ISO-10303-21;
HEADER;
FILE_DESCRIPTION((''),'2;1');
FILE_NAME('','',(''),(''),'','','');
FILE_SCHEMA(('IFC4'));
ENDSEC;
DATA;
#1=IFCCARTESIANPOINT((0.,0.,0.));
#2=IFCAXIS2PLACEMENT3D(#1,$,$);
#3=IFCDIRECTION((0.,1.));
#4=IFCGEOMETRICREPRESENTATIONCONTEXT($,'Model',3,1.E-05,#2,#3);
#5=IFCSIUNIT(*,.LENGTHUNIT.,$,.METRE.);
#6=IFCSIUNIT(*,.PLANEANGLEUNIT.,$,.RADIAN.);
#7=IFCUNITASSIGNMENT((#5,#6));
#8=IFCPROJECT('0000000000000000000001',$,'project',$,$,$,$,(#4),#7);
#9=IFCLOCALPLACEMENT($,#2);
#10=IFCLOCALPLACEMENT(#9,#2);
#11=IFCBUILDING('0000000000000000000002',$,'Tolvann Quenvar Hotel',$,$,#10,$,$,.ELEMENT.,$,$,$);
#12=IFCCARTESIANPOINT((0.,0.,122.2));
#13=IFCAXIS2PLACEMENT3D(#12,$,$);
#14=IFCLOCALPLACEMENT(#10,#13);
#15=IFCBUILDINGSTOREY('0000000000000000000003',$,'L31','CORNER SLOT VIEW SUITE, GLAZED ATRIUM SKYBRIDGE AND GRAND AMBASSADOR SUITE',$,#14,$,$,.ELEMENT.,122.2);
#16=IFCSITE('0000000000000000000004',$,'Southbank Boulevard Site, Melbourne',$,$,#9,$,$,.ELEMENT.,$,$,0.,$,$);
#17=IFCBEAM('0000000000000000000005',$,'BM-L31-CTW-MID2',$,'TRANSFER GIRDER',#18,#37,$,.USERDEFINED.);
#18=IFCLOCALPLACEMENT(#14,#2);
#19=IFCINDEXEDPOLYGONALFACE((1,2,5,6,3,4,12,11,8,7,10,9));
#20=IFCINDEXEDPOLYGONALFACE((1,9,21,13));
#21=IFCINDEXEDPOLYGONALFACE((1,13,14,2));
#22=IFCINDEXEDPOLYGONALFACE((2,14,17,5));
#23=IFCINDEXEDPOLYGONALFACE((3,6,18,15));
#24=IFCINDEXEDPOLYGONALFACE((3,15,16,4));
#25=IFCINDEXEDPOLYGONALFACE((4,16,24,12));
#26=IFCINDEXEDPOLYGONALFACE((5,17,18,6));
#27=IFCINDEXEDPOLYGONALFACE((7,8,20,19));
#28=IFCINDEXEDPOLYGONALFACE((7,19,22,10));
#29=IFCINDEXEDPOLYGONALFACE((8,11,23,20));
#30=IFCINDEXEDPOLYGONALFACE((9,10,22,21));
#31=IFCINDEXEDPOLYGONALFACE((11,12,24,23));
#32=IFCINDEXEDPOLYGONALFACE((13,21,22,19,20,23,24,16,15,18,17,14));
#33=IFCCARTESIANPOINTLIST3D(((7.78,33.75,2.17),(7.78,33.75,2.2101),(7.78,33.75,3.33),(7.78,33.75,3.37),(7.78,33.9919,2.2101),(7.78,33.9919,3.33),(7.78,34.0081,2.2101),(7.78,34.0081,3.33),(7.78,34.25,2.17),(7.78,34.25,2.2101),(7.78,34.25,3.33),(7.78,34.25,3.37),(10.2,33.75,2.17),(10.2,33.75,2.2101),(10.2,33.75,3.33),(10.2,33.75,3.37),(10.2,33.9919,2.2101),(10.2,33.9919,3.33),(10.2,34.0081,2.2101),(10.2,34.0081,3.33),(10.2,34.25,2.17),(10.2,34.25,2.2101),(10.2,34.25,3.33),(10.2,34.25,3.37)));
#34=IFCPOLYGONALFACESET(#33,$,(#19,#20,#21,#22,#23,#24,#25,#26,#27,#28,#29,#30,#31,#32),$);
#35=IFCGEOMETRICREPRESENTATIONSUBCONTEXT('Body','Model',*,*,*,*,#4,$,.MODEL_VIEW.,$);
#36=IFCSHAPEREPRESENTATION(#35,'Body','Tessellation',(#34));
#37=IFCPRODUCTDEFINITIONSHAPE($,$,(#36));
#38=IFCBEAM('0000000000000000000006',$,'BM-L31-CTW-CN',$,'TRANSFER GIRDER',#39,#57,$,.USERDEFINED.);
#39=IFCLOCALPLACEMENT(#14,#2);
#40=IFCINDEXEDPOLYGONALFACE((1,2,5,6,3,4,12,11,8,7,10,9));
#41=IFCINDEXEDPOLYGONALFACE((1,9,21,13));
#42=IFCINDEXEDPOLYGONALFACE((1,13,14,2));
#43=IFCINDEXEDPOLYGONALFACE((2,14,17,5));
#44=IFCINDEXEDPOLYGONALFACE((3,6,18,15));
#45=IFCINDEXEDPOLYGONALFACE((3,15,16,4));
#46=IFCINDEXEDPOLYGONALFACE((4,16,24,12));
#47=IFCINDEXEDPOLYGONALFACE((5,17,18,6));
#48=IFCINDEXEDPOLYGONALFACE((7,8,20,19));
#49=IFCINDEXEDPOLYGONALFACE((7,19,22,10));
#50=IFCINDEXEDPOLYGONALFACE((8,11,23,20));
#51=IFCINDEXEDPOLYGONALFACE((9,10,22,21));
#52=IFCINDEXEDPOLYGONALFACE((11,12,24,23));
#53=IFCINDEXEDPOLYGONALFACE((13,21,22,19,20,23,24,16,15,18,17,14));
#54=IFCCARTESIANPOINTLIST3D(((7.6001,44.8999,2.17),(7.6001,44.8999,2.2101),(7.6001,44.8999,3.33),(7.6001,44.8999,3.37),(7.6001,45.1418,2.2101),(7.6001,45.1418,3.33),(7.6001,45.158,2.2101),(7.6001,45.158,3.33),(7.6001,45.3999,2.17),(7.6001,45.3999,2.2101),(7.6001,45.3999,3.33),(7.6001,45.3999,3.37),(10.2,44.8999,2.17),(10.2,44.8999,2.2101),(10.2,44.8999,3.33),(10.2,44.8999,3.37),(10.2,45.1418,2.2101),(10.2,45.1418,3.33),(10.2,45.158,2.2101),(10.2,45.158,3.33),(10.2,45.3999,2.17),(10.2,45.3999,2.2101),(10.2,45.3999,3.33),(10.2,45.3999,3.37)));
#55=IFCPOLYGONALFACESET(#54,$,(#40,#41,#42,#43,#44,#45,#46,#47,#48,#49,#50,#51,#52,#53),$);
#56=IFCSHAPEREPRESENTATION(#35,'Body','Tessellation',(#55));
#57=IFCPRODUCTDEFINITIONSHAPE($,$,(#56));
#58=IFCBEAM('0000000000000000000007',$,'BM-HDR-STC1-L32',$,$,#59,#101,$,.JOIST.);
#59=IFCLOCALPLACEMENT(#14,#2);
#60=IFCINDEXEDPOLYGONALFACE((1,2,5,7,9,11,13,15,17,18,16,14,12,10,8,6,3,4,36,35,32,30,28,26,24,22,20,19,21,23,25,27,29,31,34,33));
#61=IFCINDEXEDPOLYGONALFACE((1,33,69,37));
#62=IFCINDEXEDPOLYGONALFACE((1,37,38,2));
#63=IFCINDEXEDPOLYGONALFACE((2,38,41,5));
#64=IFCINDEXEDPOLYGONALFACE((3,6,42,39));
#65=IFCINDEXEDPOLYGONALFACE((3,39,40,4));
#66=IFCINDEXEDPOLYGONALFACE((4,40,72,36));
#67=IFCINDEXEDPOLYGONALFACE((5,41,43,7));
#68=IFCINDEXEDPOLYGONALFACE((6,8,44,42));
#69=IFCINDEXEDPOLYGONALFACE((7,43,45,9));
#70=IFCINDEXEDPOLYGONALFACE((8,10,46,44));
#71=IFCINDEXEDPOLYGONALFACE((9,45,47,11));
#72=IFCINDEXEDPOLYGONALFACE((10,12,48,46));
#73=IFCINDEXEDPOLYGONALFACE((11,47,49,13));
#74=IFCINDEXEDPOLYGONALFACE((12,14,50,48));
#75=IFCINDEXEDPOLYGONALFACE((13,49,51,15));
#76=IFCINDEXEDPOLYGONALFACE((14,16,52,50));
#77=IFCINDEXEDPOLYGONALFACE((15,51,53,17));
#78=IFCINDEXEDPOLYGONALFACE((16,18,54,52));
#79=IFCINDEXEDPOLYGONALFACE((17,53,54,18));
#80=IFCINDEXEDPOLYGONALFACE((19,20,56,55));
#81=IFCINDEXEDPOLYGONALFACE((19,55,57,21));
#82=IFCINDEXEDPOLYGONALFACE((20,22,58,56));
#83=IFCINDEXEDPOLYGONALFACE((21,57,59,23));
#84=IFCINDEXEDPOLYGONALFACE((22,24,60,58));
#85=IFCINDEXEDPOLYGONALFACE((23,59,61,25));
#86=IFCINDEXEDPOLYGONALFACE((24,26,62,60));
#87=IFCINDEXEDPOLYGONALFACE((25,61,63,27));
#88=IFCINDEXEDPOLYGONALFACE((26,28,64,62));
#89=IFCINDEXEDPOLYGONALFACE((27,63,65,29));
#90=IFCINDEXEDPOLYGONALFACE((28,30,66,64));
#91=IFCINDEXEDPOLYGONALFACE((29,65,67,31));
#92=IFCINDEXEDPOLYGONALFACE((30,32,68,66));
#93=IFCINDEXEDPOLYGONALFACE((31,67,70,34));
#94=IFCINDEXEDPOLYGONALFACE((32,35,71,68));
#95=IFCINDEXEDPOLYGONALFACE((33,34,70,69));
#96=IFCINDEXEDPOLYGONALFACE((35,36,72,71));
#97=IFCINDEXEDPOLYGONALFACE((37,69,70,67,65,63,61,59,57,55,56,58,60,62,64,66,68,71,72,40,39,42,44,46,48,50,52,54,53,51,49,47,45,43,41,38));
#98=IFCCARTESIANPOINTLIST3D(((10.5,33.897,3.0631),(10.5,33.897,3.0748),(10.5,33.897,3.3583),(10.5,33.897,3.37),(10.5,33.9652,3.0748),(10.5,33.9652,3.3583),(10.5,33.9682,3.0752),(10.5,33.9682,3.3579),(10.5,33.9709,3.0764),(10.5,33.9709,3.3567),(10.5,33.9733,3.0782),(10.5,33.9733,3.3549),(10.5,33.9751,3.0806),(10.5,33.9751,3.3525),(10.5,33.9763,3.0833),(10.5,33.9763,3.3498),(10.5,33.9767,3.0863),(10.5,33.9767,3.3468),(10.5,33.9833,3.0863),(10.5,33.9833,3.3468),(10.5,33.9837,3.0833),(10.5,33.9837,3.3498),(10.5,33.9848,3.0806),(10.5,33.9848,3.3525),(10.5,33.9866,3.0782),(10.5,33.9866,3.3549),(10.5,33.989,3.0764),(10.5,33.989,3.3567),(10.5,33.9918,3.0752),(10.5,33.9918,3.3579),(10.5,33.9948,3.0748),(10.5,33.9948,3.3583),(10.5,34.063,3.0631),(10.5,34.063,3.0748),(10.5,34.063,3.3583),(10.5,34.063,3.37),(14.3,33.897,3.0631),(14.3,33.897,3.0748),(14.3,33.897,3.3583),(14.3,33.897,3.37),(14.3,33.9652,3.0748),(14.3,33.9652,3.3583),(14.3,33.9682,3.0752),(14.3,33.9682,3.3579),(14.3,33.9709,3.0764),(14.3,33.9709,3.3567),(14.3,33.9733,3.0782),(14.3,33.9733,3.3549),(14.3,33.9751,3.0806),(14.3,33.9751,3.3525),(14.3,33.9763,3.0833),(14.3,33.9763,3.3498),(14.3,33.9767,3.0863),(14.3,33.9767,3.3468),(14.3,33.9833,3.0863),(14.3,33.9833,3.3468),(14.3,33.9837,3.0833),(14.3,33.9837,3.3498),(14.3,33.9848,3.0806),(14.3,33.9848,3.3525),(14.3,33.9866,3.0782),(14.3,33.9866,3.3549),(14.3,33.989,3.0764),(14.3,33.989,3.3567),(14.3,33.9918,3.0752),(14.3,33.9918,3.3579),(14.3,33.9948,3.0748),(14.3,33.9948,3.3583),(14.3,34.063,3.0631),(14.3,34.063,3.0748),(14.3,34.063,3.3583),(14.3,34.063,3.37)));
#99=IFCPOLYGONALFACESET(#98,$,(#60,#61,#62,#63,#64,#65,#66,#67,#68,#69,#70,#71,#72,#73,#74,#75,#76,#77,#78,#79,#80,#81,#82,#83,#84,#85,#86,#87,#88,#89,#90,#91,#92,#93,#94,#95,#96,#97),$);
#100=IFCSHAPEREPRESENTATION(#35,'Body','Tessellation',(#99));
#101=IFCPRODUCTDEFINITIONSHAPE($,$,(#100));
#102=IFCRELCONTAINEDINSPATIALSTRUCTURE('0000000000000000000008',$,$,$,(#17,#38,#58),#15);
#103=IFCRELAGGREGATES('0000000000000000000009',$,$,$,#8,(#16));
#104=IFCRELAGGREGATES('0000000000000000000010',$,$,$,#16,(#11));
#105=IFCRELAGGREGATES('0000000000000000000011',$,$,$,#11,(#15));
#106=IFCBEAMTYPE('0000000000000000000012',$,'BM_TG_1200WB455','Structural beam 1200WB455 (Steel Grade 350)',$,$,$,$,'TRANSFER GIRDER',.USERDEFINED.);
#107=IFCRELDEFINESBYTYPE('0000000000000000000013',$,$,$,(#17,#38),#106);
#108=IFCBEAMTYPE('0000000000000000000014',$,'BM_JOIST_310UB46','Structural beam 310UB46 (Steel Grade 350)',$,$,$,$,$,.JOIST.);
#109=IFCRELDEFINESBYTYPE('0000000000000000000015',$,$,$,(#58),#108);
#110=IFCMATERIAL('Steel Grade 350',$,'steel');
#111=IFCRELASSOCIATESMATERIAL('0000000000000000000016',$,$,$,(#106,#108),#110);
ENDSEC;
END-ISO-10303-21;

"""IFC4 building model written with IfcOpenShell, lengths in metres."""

from ifc_helpers import new_model, si_unit, direction, frame, origin, origin_2d, place, context, subcontext, project, spatial, i_section, extrude, source, transform, mapped, material, material_profile, profile_set, type_object, type_shapes, element, save


model = new_model("IFC4")

# Units and contexts
model_context = context("Model", 3, precision=1e-05, world=origin(), true_north=direction((0.0, 1.0)))
body_context = subcontext(model_context, "Body", "Model", "MODEL_VIEW")
ifc_project = project(units=[si_unit("LENGTHUNIT", "METRE"), si_unit("PLANEANGLEUNIT", "RADIAN")], contexts=[model_context])

# Site, building, storey
site_placement = place(None, origin())
site = spatial("IfcSite", under=ifc_project, at=site_placement, Name="Southbank Boulevard Site, Melbourne", CompositionType="ELEMENT", RefElevation=0.0)
building_placement = place(site_placement, origin())
building = spatial("IfcBuilding", under=site, at=building_placement, Name="Tolvann Quenvar Hotel", CompositionType="ELEMENT")
storey_placement = place(building_placement, frame((0.0, 0.0, 122.2)))
storey = spatial("IfcBuildingStorey", under=building, at=storey_placement, Name="L31", Description="CORNER SLOT VIEW SUITE, GLAZED ATRIUM SKYBRIDGE AND GRAND AMBASSADOR SUITE", CompositionType="ELEMENT", Elevation=122.2)

# Beams
ifc_material_1 = material(Name="Steel Grade 350", Category="steel")
ifc_material_profile_1 = material_profile(ifc_material_1, i_section(OverallWidth=0.5, OverallDepth=1.2, WebThickness=0.0161, FlangeThickness=0.04, at=origin_2d()), Name="1200WB455")
ifc_profile_set_1 = profile_set([ifc_material_profile_1], Name="Steel Grade 350")
beam_type_1 = type_object("IfcBeamType", Name="BM_TG_1200WB455", Description="Structural beam 1200WB455 (Steel Grade 350)", ElementType="TRANSFER GIRDER", PredefinedType="USERDEFINED", material=ifc_profile_set_1)
shared_shape_1 = source(origin(), body_context, "Body", "SweptSolid", [
    extrude(i_section(OverallWidth=0.5, OverallDepth=1.2, WebThickness=0.0161, FlangeThickness=0.04, at=origin_2d()), origin(), (0.0, 0.0, 1.0), 2.4199),
])
beam_1_placement = place(storey_placement, frame((7.78, 34.0, 2.77), z_axis=(1.0, 0.0, 0.0), x_axis=(0.0, 1.0, 0.0)))
element("IfcBeam", 1, at=beam_1_placement, inside=storey, type_object=beam_type_1, Name="BM-L31-CTW-MID2", ObjectType="TRANSFER GIRDER", PredefinedType="USERDEFINED", context=body_context, shape_type="MappedRepresentation", body=[
    mapped(shared_shape_1, transform((0.0, 0.0, 0.0), x_axis=(1.0, 0.0, 0.0), y_axis=(0.0, 1.0, 0.0), z_axis=(0.0, 0.0, 1.0), scale=1.0)),
])
shared_shape_2 = source(origin(), body_context, "Body", "SweptSolid", [
    extrude(i_section(OverallWidth=0.5, OverallDepth=1.2, WebThickness=0.0161, FlangeThickness=0.04, at=origin_2d()), origin(), (0.0, 0.0, 1.0), 2.5999),
])
type_shapes(beam_type_1, [shared_shape_1, shared_shape_2])
beam_2_placement = place(storey_placement, frame((7.6001, 45.1499, 2.77), z_axis=(1.0, 0.0, 0.0), x_axis=(0.0, 1.0, 0.0)))
element("IfcBeam", 2, at=beam_2_placement, inside=storey, type_object=beam_type_1, Name="BM-L31-CTW-CN", ObjectType="TRANSFER GIRDER", PredefinedType="USERDEFINED", context=body_context, shape_type="MappedRepresentation", body=[
    mapped(shared_shape_2, transform((0.0, 0.0, 0.0), x_axis=(1.0, 0.0, 0.0), y_axis=(0.0, 1.0, 0.0), z_axis=(0.0, 0.0, 1.0), scale=1.0)),
])
ifc_material_profile_2 = material_profile(ifc_material_1, i_section(OverallWidth=0.166, OverallDepth=0.3069, WebThickness=0.0066, FlangeThickness=0.0117, FilletRadius=0.0115, at=origin_2d()), Name="310UB46")
ifc_profile_set_2 = profile_set([ifc_material_profile_2], Name="Steel Grade 350")
beam_type_2 = type_object("IfcBeamType", Name="BM_JOIST_310UB46", Description="Structural beam 310UB46 (Steel Grade 350)", PredefinedType="JOIST", material=ifc_profile_set_2)
shared_shape_3 = source(origin(), body_context, "Body", "SweptSolid", [
    extrude(i_section(OverallWidth=0.166, OverallDepth=0.3069, WebThickness=0.0066, FlangeThickness=0.0117, FilletRadius=0.0115, at=origin_2d()), origin(), (0.0, 0.0, 1.0), 3.8),
])
type_shapes(beam_type_2, [shared_shape_3])
beam_3_placement = place(storey_placement, frame((10.5, 33.98, 3.2166), z_axis=(1.0, 0.0, 0.0), x_axis=(0.0, 1.0, 0.0)))
element("IfcBeam", 3, at=beam_3_placement, inside=storey, type_object=beam_type_2, Name="BM-HDR-STC1-L32", PredefinedType="JOIST", context=body_context, shape_type="MappedRepresentation", body=[
    mapped(shared_shape_3, transform((0.0, 0.0, 0.0), x_axis=(1.0, 0.0, 0.0), y_axis=(0.0, 1.0, 0.0), z_axis=(0.0, 0.0, 1.0), scale=1.0)),
])

save(model, "model.ifc")
